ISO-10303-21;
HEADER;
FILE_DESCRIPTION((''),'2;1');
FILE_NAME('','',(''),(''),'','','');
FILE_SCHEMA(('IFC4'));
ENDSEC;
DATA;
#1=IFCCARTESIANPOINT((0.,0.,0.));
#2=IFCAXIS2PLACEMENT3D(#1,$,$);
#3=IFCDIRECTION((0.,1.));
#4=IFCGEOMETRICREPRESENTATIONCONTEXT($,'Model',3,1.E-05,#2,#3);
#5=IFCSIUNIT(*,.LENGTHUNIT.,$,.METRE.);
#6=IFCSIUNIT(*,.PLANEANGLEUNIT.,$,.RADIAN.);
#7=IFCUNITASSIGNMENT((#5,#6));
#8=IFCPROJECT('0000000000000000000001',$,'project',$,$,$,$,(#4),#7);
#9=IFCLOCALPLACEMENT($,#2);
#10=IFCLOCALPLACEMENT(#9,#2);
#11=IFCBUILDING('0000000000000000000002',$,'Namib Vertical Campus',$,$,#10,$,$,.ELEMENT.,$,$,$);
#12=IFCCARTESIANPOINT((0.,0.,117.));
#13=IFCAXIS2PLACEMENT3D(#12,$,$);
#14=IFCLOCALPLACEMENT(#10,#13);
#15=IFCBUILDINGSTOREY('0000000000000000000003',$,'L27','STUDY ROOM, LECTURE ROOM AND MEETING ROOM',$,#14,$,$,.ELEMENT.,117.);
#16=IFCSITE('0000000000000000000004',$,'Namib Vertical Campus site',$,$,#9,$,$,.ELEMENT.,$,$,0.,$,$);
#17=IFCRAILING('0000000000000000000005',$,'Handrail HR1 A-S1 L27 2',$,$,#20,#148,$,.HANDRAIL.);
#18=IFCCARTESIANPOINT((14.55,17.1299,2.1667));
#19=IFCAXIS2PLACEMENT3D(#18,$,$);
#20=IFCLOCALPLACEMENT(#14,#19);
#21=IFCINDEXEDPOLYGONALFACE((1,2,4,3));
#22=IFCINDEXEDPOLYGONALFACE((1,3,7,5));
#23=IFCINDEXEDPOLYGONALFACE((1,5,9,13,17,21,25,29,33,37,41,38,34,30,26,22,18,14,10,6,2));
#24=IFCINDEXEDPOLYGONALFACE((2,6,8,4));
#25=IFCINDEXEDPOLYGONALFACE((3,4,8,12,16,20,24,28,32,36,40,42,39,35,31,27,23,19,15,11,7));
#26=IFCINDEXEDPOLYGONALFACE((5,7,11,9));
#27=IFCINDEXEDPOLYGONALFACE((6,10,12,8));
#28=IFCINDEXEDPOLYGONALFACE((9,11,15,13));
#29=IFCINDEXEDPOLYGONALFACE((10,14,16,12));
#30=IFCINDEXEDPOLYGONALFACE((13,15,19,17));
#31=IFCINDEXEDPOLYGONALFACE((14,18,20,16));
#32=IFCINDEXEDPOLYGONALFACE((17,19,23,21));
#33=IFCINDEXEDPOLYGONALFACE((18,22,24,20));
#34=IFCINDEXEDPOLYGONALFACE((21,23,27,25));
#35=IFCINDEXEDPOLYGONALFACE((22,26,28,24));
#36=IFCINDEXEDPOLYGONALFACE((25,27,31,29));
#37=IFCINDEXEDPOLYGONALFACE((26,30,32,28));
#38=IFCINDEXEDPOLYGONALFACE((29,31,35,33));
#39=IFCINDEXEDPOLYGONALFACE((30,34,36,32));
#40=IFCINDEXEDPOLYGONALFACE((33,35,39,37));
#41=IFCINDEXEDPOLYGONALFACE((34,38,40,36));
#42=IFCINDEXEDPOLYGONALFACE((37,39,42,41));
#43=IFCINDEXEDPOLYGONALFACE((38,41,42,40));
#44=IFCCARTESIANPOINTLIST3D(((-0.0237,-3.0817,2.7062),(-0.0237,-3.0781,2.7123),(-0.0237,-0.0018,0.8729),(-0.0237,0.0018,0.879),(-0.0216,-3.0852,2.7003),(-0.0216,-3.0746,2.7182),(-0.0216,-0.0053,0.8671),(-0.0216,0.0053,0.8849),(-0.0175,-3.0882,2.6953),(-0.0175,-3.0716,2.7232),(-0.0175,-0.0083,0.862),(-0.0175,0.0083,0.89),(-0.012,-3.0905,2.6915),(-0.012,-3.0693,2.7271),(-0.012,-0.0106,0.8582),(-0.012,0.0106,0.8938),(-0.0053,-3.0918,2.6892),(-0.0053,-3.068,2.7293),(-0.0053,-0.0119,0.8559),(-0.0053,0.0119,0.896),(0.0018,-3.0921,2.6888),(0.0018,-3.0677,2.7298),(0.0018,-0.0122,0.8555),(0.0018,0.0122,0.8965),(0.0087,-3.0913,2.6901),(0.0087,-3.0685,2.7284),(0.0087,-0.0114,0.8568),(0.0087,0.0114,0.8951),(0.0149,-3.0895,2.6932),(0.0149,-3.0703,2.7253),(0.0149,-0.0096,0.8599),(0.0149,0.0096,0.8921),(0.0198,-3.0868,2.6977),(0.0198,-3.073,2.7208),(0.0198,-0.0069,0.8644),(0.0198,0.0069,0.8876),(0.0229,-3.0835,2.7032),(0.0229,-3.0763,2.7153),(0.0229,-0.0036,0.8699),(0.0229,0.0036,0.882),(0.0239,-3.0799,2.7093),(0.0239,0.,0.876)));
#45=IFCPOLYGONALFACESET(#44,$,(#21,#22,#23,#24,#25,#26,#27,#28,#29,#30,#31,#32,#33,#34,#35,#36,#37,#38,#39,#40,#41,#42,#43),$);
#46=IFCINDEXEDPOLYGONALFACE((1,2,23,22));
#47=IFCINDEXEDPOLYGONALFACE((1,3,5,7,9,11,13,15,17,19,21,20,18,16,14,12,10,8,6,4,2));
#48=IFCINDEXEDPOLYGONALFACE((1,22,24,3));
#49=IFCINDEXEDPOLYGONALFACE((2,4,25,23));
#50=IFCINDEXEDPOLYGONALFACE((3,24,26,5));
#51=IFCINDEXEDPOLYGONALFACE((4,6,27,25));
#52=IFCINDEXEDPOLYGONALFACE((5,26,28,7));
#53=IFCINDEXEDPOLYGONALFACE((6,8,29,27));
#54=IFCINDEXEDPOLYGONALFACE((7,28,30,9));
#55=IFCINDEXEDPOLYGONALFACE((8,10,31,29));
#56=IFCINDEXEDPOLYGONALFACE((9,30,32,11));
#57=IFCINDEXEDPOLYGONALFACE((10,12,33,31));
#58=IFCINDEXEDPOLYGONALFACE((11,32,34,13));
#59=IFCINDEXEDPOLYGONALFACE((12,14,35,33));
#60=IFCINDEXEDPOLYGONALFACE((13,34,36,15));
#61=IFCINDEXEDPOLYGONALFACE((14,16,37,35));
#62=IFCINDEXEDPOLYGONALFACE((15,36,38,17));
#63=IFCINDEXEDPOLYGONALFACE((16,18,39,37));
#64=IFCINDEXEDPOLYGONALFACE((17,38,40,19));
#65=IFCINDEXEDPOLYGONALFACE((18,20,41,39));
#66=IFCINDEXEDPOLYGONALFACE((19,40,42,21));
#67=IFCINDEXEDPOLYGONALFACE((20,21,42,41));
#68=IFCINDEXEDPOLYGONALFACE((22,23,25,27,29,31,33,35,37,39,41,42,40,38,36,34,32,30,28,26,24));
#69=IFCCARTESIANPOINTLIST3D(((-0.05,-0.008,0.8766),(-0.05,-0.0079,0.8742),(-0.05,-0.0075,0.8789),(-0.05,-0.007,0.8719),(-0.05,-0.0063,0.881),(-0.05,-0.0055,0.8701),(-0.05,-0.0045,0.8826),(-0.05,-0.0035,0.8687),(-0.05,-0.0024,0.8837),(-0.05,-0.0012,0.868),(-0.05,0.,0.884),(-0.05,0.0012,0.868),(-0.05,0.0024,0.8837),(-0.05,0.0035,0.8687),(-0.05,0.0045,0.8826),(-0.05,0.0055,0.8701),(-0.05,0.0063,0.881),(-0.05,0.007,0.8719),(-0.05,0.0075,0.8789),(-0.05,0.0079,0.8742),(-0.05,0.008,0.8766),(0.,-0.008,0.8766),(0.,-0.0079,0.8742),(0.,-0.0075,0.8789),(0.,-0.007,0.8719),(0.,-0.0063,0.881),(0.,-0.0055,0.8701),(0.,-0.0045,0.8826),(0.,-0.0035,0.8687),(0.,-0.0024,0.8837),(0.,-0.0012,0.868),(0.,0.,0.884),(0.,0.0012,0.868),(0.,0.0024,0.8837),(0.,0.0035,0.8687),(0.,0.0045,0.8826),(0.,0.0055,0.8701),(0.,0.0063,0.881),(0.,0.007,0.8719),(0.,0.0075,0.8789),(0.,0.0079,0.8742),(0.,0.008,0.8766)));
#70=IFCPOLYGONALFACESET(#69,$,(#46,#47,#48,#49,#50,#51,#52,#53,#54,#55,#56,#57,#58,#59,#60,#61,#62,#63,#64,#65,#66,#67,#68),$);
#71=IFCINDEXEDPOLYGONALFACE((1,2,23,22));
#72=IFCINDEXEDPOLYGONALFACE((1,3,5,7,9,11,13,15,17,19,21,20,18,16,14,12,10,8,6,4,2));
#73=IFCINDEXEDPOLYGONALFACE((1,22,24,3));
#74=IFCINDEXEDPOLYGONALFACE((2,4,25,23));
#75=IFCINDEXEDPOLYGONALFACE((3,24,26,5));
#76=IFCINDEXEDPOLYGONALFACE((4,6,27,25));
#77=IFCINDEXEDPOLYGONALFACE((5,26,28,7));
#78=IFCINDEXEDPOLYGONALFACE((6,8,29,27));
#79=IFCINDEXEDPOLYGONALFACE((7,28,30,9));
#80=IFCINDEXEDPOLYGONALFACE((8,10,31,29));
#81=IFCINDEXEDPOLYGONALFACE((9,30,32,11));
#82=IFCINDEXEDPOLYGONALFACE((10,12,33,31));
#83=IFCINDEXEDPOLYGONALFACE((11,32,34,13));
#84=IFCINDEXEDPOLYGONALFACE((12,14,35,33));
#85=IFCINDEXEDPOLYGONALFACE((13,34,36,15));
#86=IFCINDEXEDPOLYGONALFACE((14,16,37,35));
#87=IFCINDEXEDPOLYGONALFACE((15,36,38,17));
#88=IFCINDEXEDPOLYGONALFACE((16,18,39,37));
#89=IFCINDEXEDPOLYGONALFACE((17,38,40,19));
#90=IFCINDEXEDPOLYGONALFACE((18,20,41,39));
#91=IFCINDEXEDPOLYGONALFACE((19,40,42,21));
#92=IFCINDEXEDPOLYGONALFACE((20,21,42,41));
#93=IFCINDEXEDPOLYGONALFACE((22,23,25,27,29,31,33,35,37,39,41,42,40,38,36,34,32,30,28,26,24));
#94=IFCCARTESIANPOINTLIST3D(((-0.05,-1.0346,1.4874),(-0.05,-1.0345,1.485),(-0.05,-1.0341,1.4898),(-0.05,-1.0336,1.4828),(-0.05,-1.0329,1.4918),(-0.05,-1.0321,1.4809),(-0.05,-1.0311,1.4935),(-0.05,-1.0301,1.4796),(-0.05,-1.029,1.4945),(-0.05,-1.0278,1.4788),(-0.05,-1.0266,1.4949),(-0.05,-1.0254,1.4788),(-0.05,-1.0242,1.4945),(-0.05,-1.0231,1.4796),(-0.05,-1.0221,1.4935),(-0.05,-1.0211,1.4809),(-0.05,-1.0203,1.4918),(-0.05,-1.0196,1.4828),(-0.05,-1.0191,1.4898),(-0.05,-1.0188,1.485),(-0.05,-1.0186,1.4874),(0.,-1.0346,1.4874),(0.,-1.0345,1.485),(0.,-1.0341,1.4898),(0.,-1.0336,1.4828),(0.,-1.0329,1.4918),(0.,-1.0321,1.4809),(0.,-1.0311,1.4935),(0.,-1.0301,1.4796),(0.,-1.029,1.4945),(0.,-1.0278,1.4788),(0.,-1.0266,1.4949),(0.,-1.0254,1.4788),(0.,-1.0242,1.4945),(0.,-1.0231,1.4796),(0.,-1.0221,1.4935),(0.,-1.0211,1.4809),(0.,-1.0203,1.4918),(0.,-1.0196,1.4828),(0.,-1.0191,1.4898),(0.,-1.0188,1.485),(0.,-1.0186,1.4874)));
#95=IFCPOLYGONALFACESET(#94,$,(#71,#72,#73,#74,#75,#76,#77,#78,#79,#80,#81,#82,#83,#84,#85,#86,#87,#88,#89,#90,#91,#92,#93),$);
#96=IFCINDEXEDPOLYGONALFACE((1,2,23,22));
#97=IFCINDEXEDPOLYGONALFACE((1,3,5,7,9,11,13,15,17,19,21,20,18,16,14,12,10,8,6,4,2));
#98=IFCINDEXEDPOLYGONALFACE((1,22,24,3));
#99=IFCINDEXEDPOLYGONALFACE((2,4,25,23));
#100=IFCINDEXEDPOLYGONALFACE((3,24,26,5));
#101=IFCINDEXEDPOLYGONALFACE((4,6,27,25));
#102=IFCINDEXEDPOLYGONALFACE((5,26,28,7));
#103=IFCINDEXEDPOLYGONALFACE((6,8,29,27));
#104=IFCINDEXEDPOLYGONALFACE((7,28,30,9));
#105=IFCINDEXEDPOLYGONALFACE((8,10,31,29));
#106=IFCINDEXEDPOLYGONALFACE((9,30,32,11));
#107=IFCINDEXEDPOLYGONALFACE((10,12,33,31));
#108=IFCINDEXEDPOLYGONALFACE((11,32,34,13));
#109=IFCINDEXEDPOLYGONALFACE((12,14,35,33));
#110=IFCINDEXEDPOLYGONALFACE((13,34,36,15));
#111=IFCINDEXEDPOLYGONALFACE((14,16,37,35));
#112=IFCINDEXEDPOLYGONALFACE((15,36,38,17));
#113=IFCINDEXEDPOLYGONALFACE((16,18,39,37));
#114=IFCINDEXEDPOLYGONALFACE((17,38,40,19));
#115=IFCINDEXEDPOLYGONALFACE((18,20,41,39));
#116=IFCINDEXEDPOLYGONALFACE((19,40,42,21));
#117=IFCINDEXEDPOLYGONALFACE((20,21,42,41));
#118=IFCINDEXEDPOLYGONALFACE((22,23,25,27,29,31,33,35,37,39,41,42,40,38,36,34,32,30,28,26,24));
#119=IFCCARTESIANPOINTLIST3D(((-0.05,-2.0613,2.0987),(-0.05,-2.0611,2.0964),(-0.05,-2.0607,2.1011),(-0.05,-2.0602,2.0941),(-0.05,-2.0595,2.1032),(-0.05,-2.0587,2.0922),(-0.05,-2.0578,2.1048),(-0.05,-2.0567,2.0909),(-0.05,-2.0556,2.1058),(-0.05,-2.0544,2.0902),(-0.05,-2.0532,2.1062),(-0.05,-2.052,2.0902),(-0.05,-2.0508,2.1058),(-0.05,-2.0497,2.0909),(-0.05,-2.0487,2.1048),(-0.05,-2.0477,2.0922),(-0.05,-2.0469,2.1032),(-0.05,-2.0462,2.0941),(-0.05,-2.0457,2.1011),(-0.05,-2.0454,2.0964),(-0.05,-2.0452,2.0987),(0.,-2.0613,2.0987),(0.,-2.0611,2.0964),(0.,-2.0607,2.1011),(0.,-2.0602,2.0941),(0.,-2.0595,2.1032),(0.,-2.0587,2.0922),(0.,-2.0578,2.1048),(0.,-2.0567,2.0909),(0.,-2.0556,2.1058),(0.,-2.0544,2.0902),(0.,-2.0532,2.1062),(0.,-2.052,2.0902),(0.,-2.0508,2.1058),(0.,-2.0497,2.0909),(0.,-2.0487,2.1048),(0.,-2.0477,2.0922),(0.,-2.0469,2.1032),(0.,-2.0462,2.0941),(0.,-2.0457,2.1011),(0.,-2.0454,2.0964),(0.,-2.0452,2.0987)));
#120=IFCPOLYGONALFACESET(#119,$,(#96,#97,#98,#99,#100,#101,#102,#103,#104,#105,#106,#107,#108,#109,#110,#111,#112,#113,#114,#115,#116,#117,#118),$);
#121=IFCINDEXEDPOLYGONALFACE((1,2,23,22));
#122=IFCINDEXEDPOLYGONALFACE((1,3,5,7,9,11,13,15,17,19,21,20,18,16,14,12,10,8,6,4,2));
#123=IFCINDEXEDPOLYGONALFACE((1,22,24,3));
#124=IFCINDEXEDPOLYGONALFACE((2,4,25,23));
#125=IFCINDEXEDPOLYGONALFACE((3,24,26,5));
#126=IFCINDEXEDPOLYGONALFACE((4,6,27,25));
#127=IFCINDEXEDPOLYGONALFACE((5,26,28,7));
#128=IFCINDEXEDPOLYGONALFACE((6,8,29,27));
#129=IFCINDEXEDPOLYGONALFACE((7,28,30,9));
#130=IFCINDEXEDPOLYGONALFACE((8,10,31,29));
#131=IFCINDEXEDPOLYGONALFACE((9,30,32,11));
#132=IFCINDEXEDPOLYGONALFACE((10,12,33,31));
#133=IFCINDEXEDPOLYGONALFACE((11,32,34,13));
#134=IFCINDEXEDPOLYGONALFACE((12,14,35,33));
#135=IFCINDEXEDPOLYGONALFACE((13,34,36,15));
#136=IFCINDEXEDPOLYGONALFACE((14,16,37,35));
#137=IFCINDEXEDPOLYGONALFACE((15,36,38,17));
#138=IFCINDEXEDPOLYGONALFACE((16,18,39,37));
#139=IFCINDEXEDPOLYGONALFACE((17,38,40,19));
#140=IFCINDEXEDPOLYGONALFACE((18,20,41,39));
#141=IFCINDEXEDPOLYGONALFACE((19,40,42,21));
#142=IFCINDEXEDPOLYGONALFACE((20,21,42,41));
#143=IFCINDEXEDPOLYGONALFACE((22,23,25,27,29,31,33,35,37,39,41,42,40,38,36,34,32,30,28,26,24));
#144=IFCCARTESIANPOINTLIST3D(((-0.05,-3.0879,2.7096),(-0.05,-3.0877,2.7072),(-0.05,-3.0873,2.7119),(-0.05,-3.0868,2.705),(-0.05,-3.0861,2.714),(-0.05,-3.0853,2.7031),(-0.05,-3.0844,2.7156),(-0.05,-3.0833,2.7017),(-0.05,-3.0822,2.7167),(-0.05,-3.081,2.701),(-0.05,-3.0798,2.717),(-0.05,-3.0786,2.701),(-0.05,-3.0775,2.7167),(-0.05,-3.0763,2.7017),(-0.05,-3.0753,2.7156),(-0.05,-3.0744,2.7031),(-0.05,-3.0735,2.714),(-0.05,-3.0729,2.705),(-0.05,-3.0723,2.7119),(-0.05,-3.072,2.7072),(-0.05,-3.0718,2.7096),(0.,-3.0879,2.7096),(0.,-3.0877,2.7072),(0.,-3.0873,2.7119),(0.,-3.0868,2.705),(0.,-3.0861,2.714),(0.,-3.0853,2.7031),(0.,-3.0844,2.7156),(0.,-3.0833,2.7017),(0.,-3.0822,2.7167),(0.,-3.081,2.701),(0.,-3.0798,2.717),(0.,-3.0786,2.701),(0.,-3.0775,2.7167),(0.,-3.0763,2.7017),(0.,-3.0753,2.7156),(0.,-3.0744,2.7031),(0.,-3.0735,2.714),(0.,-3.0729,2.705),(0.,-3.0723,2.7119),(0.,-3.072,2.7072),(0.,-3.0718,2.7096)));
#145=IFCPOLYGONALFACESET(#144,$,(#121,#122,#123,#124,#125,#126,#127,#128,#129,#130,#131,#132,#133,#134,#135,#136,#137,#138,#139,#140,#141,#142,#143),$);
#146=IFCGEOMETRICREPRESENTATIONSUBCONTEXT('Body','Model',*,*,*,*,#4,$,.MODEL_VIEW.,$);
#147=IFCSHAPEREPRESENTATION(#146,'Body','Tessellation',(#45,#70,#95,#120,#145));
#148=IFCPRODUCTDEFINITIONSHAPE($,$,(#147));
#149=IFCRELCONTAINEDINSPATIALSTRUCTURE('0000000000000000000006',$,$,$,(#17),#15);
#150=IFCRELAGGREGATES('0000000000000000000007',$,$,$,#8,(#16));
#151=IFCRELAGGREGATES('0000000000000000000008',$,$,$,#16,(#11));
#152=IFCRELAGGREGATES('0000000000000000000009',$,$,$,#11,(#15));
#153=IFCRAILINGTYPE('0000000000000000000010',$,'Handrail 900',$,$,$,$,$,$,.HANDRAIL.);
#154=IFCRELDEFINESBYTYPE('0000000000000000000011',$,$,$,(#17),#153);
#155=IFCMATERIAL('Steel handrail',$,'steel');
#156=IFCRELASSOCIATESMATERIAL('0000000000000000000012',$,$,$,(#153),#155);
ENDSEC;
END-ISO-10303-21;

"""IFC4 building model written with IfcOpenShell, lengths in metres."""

from ifc_helpers import new_model, si_unit, direction, frame, origin, origin_2d, place, context, subcontext, project, spatial, circle, extrude, material, type_object, element, save


model = new_model("IFC4")

# Units and contexts
model_context = context("Model", 3, precision=1e-05, world=origin(), true_north=direction((0.0, 1.0)))
body_context = subcontext(model_context, "Body", "Model", "MODEL_VIEW")
ifc_project = project(units=[si_unit("LENGTHUNIT", "METRE"), si_unit("PLANEANGLEUNIT", "RADIAN")], contexts=[model_context])

# Site, building, storey
site_placement = place(None, origin())
site = spatial("IfcSite", under=ifc_project, at=site_placement, Name="Namib Vertical Campus site", CompositionType="ELEMENT", RefElevation=0.0)
building_placement = place(site_placement, origin())
building = spatial("IfcBuilding", under=site, at=building_placement, Name="Namib Vertical Campus", CompositionType="ELEMENT")
storey_placement = place(building_placement, frame((0.0, 0.0, 117.0)))
storey = spatial("IfcBuildingStorey", under=building, at=storey_placement, Name="L27", Description="STUDY ROOM, LECTURE ROOM AND MEETING ROOM", CompositionType="ELEMENT", Elevation=117.0)

# Railing
ifc_material_1 = material(Name="Steel handrail", Category="steel")
railing_type_1 = type_object("IfcRailingType", Name="Handrail 900", PredefinedType="HANDRAIL", material=ifc_material_1)
railing_1_placement = place(storey_placement, frame((14.55, 17.1299, 2.1667)))
element("IfcRailing", 1, at=railing_1_placement, inside=storey, type_object=railing_type_1, Name="Handrail HR1 A-S1 L27 2", PredefinedType="HANDRAIL", context=body_context, shape_type="SweptSolid", body=[
    extrude(circle(Radius=0.0239, at=origin_2d()), frame((0.0, 0.0, 0.876), z_axis=(0.0, -0.859291, 0.511487), x_axis=(1.0, 0.0, 0.0)), (0.0, 0.0, 1.0), 3.5842),
    extrude(circle(Radius=0.0081, at=origin_2d()), frame((0.0, 0.0, 0.876), z_axis=(-1.0, 0.0, 0.0), x_axis=(0.0, 0.0, 1.0)), (0.0, 0.0, 1.0), 0.05),
    extrude(circle(Radius=0.0081, at=origin_2d()), frame((0.0, -1.0266, 1.4868), z_axis=(-1.0, 0.0, 0.0), x_axis=(0.0, 0.0, 1.0)), (0.0, 0.0, 1.0), 0.05),
    extrude(circle(Radius=0.0081, at=origin_2d()), frame((0.0, -2.0532, 2.0981), z_axis=(-1.0, 0.0, 0.0), x_axis=(0.0, 0.0, 1.0)), (0.0, 0.0, 1.0), 0.05),
    extrude(circle(Radius=0.0081, at=origin_2d()), frame((0.0, -3.0798, 2.709), z_axis=(-1.0, 0.0, 0.0), x_axis=(0.0, 0.0, 1.0)), (0.0, 0.0, 1.0), 0.05),
])

save(model, "model.ifc")
